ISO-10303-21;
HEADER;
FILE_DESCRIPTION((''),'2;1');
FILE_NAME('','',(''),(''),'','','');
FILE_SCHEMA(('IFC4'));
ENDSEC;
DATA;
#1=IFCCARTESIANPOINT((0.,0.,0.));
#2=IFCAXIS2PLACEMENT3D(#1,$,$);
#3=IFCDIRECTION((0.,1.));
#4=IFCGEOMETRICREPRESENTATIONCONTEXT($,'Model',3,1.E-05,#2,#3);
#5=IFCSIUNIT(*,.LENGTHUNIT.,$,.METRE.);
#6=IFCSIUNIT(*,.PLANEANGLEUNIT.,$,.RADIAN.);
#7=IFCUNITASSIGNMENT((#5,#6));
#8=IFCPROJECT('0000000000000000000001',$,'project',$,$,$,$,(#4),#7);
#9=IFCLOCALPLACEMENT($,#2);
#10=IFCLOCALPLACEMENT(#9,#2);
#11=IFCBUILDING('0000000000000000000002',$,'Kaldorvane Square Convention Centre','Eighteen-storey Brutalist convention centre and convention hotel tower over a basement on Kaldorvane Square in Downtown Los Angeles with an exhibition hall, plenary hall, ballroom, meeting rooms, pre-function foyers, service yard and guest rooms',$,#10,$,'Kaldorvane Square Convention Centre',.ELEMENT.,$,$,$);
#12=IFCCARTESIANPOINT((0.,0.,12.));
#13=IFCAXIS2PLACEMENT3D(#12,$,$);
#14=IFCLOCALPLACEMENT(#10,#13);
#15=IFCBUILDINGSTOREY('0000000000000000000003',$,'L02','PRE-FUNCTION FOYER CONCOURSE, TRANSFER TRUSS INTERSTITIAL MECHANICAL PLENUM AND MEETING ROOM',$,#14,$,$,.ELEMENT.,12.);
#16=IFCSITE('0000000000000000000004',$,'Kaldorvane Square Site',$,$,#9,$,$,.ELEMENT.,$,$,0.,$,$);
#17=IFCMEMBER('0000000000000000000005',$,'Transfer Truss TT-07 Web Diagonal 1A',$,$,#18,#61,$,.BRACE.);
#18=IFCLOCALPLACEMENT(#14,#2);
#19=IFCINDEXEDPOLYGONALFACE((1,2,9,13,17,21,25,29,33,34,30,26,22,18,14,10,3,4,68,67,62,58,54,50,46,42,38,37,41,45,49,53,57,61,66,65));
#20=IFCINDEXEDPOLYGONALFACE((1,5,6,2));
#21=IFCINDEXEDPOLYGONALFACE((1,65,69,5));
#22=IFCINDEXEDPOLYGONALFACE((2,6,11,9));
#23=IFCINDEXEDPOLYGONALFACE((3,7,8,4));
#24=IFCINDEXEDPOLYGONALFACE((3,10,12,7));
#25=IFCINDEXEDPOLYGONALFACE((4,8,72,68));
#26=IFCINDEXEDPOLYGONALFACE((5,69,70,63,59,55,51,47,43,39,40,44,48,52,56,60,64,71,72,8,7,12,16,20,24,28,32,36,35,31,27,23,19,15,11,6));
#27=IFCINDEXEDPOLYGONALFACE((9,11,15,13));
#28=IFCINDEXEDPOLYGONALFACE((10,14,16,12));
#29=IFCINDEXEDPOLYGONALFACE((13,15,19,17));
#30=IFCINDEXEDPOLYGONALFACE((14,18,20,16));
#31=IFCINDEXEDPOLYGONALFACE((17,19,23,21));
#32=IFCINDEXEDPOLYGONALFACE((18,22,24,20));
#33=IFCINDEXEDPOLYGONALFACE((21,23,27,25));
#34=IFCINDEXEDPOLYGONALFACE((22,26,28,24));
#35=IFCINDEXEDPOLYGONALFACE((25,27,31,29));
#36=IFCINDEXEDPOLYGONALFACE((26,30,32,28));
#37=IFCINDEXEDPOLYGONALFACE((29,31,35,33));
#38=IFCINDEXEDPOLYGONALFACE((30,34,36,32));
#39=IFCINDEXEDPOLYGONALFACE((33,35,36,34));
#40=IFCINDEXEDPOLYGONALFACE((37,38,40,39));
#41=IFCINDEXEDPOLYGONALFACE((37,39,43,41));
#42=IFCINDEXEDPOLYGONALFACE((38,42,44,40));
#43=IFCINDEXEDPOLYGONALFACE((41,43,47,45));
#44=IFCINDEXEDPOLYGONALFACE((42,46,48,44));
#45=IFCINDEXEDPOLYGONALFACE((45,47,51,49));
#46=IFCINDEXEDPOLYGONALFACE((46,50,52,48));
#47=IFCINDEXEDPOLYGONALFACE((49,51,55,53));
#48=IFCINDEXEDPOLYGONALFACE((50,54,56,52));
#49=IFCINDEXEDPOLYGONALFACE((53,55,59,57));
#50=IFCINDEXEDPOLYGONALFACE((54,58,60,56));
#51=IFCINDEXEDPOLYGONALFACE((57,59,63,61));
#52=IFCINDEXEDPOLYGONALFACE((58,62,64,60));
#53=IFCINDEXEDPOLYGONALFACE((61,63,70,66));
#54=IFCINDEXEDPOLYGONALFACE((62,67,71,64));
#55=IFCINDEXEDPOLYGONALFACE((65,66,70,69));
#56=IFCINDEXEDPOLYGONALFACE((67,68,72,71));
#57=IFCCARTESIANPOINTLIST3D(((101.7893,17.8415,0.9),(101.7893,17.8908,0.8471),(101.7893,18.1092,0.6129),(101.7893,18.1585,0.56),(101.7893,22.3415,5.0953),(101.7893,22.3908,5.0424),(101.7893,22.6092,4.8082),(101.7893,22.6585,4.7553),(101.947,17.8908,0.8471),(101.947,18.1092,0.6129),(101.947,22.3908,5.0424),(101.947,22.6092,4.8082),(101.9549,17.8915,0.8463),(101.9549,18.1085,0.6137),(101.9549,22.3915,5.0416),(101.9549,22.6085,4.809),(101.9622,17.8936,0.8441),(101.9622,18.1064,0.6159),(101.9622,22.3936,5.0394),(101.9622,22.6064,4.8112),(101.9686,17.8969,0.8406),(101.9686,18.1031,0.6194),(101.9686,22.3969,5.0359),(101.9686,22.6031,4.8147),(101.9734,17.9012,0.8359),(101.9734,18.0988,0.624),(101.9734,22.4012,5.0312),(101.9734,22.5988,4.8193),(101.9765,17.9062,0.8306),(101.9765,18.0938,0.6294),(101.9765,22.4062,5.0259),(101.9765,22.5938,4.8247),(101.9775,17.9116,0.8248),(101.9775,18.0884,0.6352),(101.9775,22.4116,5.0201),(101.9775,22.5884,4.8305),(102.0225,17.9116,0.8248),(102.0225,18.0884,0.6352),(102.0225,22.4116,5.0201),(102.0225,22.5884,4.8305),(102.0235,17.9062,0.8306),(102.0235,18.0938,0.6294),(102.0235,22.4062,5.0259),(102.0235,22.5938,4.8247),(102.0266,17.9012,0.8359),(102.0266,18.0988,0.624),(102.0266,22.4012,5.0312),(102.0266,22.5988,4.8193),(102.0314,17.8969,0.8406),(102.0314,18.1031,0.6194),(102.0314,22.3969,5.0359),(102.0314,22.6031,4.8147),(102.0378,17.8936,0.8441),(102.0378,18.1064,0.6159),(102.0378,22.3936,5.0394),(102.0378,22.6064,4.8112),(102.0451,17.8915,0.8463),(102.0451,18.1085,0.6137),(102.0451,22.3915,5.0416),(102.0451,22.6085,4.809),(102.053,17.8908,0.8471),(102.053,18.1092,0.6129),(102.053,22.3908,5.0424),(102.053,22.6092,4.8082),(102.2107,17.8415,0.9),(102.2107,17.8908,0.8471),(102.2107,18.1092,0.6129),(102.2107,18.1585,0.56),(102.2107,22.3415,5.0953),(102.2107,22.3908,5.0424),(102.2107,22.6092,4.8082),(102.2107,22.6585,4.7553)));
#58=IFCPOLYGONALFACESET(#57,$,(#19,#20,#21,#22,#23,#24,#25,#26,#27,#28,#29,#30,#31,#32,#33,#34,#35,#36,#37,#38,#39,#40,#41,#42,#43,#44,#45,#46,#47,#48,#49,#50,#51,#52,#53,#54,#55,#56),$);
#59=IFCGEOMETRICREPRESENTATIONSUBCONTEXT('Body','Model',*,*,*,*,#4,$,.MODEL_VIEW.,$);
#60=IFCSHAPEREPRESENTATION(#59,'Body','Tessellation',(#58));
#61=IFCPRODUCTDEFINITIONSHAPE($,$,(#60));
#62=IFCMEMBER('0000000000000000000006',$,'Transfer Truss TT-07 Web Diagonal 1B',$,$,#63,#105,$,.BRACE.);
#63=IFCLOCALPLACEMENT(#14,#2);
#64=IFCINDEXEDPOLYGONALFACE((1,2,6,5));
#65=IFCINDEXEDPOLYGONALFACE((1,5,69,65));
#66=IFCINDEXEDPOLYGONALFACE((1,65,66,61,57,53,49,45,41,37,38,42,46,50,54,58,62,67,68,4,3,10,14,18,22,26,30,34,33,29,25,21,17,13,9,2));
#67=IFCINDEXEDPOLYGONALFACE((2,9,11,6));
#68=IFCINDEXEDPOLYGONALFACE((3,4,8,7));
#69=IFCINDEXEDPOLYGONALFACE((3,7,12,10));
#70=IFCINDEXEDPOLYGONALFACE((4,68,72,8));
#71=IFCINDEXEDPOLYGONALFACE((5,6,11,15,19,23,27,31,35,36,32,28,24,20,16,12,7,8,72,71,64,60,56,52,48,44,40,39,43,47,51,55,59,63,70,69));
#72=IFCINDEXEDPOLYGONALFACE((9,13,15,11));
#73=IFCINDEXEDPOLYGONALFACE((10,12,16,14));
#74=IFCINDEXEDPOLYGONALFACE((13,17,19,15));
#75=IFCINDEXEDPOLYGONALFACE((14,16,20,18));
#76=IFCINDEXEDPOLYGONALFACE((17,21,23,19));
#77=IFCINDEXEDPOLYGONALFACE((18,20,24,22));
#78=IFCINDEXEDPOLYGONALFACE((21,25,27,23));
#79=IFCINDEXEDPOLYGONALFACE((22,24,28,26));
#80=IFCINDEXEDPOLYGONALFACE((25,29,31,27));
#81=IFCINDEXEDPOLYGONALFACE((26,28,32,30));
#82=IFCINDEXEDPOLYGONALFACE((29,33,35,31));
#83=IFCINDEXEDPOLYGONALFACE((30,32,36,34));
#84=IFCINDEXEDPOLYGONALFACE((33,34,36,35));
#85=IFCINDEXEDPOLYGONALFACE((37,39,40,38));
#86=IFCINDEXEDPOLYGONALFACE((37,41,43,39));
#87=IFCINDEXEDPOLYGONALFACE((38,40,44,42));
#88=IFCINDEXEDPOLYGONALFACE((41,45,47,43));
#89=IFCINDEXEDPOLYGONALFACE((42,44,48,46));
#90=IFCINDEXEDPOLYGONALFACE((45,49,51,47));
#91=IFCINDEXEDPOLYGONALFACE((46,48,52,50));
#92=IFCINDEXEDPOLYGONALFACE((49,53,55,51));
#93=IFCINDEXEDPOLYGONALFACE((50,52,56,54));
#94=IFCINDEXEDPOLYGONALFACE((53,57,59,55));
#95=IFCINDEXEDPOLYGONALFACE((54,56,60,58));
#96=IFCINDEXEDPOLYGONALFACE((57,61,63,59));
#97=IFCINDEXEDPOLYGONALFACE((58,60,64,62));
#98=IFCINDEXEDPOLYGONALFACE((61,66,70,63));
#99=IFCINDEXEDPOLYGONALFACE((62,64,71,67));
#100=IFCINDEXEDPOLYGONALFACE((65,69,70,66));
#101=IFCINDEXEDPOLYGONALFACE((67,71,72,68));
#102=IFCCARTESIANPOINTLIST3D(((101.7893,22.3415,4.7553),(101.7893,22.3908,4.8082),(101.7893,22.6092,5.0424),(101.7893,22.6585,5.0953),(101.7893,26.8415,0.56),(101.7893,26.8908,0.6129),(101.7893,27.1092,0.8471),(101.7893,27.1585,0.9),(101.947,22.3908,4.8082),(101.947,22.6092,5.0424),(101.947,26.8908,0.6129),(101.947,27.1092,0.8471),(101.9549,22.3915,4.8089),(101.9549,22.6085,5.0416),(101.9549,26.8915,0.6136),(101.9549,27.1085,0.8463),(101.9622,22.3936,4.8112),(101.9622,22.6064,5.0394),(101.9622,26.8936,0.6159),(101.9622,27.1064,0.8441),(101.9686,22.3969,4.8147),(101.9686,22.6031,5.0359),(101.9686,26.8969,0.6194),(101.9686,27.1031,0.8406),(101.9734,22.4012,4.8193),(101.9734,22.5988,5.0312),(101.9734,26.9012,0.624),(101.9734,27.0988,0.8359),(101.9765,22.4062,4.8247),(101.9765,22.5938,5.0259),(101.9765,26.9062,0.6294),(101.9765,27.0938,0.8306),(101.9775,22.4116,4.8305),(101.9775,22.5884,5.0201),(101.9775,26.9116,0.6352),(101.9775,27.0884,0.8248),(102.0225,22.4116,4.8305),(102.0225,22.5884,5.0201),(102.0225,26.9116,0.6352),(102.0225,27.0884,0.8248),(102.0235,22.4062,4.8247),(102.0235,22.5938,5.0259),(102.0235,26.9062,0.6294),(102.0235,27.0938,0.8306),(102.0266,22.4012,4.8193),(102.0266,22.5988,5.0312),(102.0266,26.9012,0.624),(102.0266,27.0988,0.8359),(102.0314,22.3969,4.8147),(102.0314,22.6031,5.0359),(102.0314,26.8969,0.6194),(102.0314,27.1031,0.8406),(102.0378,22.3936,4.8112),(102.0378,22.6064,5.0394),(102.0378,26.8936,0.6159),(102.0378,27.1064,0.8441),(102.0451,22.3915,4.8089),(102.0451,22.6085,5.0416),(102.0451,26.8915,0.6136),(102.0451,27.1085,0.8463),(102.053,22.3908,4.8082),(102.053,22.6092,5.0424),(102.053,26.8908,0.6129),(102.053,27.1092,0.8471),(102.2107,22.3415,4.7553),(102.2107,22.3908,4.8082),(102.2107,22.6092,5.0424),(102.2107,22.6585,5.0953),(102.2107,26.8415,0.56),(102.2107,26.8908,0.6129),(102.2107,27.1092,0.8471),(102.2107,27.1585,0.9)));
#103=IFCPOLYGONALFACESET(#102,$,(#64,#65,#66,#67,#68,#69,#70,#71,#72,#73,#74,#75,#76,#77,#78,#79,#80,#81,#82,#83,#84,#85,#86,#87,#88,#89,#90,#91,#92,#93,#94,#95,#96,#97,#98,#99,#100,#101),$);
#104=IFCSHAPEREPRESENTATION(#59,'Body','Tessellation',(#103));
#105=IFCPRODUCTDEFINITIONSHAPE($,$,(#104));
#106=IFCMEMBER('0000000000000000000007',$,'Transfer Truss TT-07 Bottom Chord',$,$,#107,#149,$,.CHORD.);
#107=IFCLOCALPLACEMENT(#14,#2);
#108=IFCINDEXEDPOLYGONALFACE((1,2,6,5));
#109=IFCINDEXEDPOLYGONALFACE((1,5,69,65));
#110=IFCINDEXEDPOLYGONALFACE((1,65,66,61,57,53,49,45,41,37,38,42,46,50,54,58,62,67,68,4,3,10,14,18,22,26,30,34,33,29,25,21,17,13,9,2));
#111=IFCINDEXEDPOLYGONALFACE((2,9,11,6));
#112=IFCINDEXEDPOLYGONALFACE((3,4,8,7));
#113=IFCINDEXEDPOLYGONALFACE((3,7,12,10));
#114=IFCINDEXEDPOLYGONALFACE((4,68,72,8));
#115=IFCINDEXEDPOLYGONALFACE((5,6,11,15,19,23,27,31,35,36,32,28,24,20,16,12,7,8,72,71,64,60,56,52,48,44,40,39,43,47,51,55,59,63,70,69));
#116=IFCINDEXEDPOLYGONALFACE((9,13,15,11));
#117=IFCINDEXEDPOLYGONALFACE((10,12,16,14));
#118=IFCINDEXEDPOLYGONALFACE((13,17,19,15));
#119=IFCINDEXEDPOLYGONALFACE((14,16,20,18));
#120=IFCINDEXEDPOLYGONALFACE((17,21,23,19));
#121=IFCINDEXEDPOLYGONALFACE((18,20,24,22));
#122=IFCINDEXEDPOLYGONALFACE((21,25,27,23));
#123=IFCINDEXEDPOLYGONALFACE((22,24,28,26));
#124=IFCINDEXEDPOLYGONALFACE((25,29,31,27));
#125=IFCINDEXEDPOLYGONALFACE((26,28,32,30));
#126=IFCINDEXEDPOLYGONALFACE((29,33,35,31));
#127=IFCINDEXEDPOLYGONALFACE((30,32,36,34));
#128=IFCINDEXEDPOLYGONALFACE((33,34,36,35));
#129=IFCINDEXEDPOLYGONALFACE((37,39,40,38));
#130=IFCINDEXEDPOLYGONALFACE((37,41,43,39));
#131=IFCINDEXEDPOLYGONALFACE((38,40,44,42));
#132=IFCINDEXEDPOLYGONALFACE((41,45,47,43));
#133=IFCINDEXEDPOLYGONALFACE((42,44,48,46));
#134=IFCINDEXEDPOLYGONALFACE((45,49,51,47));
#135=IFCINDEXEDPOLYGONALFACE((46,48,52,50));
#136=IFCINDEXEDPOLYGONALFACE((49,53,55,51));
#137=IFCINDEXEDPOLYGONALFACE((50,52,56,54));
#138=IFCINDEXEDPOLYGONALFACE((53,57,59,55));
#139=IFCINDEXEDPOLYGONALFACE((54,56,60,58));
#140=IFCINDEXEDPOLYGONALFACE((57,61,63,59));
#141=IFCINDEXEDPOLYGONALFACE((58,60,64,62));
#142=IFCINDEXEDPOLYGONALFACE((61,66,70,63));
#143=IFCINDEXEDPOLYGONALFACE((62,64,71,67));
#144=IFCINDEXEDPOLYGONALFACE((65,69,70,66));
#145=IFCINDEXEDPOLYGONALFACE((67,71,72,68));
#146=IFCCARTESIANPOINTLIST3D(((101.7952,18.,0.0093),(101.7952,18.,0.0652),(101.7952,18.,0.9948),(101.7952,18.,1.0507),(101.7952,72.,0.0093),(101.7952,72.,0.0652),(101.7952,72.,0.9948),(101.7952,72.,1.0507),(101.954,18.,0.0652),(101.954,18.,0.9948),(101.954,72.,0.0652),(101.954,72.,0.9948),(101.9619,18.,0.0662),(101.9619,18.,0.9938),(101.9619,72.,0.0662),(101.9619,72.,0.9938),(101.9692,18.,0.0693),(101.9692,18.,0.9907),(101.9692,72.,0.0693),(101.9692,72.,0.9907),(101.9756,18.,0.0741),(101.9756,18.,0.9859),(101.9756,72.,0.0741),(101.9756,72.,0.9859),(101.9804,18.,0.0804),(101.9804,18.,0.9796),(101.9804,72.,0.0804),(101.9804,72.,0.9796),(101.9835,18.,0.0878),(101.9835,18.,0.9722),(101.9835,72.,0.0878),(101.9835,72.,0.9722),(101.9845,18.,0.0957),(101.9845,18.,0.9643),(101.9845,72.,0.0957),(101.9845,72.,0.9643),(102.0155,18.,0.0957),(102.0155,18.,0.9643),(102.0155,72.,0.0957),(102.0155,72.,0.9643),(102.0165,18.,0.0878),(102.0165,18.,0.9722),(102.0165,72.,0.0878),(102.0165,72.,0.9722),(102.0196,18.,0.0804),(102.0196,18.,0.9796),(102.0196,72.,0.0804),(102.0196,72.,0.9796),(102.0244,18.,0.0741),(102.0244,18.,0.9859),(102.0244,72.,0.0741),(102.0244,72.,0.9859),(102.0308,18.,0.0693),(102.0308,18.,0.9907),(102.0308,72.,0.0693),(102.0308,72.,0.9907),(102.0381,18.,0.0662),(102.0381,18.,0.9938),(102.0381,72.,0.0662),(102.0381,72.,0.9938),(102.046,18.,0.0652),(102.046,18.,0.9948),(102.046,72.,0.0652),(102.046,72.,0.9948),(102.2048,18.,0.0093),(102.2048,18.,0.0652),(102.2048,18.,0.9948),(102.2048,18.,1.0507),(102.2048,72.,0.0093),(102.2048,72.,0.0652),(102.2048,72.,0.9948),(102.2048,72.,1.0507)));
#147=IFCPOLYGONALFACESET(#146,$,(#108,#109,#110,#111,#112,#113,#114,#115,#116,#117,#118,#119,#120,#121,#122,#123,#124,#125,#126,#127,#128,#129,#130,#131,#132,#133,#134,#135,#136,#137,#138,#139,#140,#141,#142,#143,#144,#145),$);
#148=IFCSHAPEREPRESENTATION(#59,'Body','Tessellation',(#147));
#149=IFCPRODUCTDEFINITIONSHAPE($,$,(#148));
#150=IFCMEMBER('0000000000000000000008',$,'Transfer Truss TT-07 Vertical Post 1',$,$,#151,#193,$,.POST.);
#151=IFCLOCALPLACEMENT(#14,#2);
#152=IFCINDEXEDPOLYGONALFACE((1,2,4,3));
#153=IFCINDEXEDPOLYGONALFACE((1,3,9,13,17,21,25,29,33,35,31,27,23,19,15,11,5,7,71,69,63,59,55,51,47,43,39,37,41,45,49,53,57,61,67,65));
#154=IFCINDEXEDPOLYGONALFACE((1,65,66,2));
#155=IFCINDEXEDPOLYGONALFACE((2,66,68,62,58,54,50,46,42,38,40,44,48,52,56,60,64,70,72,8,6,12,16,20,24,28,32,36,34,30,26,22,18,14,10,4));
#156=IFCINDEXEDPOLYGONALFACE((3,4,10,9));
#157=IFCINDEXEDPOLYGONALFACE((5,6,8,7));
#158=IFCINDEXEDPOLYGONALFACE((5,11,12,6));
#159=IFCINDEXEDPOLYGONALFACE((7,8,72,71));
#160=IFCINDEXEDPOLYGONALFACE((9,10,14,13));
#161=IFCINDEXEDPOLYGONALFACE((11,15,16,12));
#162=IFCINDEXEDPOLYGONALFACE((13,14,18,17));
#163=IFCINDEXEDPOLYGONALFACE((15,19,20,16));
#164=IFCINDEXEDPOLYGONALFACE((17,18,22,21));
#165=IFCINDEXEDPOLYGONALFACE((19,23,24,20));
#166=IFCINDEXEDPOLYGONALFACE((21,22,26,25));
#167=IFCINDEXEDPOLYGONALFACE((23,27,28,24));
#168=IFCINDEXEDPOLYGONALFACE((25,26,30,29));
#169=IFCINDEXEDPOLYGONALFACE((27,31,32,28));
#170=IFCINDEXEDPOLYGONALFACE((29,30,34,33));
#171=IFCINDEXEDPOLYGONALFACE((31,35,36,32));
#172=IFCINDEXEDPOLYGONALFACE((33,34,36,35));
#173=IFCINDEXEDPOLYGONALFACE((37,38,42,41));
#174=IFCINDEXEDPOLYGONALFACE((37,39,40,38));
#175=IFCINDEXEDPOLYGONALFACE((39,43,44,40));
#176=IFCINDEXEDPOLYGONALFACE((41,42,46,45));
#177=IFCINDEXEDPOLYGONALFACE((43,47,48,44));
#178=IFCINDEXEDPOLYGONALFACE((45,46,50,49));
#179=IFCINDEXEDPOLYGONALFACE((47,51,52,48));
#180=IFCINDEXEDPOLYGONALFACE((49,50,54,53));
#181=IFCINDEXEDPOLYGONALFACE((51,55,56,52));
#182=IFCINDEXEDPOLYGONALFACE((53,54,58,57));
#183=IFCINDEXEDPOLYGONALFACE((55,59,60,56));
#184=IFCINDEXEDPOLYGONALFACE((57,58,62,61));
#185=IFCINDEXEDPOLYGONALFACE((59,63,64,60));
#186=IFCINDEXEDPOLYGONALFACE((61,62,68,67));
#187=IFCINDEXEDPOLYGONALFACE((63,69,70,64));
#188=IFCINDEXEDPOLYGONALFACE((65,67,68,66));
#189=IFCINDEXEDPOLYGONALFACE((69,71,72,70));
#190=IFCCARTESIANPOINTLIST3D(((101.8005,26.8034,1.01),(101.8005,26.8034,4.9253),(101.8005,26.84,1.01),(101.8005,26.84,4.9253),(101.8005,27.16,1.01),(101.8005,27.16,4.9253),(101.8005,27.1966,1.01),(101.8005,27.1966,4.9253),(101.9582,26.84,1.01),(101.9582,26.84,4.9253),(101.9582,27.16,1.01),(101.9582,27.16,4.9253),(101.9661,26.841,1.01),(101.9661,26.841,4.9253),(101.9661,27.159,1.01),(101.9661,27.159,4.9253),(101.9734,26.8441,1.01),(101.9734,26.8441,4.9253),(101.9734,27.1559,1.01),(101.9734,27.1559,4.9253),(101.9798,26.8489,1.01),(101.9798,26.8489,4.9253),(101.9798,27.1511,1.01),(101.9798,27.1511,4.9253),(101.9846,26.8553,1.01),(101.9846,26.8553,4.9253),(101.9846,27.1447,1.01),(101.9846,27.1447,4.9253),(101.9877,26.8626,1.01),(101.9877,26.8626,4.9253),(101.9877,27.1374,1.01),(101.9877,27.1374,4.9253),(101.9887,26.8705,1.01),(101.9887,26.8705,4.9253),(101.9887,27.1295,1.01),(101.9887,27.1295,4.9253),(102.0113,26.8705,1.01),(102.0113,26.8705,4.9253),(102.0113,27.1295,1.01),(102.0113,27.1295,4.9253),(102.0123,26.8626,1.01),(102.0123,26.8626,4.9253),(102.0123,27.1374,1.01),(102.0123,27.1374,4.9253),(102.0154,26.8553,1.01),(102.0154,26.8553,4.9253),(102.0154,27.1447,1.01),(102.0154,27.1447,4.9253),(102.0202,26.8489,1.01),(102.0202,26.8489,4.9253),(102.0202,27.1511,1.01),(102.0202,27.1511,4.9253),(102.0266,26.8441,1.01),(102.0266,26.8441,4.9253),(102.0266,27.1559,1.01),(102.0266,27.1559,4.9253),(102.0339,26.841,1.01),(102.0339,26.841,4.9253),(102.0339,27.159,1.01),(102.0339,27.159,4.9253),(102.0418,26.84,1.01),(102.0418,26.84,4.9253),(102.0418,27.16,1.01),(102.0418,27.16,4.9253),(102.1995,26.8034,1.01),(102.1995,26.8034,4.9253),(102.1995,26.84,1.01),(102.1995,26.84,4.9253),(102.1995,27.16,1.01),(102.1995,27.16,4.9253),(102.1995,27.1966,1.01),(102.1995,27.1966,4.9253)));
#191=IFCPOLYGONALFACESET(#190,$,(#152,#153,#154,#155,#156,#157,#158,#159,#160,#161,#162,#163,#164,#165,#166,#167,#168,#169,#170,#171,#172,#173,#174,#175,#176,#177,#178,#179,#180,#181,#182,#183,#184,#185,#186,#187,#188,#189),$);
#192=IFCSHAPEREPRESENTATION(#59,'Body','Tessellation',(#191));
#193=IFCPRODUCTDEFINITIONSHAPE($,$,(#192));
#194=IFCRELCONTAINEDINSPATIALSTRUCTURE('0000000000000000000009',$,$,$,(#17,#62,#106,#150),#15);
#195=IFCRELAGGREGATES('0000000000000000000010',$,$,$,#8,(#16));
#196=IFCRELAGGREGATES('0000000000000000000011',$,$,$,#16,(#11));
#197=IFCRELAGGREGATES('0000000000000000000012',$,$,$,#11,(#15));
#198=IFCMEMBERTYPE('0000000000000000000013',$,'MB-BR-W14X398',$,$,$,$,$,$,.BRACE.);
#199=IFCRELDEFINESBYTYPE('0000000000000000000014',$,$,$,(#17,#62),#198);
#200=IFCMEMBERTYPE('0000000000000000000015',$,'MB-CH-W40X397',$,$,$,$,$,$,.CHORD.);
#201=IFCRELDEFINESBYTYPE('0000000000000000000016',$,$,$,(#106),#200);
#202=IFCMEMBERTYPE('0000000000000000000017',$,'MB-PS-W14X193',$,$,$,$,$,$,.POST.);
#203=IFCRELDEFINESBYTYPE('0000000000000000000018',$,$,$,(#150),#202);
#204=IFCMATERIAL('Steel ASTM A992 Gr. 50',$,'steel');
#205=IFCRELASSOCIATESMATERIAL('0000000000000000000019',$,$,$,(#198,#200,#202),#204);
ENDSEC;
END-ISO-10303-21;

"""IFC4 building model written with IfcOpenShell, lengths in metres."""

from ifc_helpers import new_model, si_unit, direction, frame, origin, origin_2d, place, context, subcontext, project, spatial, i_section, extrude, material, material_profile, profile_set, type_object, element, save


model = new_model("IFC4")

# Units and contexts
model_context = context("Model", 3, precision=1e-05, world=origin(), true_north=direction((0.0, 1.0)))
body_context = subcontext(model_context, "Body", "Model", "MODEL_VIEW")
ifc_project = project(units=[si_unit("LENGTHUNIT", "METRE"), si_unit("PLANEANGLEUNIT", "RADIAN")], contexts=[model_context])

# Site, building, storey
site_placement = place(None, origin())
site = spatial("IfcSite", under=ifc_project, at=site_placement, Name="Kaldorvane Square Site", CompositionType="ELEMENT", RefElevation=0.0)
building_placement = place(site_placement, origin())
building = spatial("IfcBuilding", under=site, at=building_placement, Name="Kaldorvane Square Convention Centre", Description="Eighteen-storey Brutalist convention centre and convention hotel tower over a basement on Kaldorvane Square in Downtown Los Angeles with an exhibition hall, plenary hall, ballroom, meeting rooms, pre-function foyers, service yard and guest rooms", LongName="Kaldorvane Square Convention Centre", CompositionType="ELEMENT")
storey_placement = place(building_placement, frame((0.0, 0.0, 12.0)))
storey = spatial("IfcBuildingStorey", under=building, at=storey_placement, Name="L02", Description="PRE-FUNCTION FOYER CONCOURSE, TRANSFER TRUSS INTERSTITIAL MECHANICAL PLENUM AND MEETING ROOM", CompositionType="ELEMENT", Elevation=12.0)

# Shared definitions
ifc_material_1 = material(Name="Steel ASTM A992 Gr. 50", Category="steel")

# Members
ifc_material_profile_1 = material_profile(ifc_material_1, i_section(OverallWidth=0.4214, OverallDepth=0.4648, WebThickness=0.045, FlangeThickness=0.0723, FilletRadius=0.0305, at=origin_2d()), Name="W14X398")
ifc_profile_set_1 = profile_set([ifc_material_profile_1], Name="Steel ASTM A992 Gr. 50")
member_type_1 = type_object("IfcMemberType", Name="MB-BR-W14X398", PredefinedType="BRACE", material=ifc_profile_set_1)
for number, where, z_axis, x_axis, name in (
    (1, (102.0, 18.0, 0.73), (0.0, 0.731436, 0.68191), (-1.0, 0.0, 0.0), "Transfer Truss TT-07 Web Diagonal 1A"),
    (2, (102.0, 22.5, 4.9253), (0.0, 0.731436, -0.68191), (-1.0, 0.0, 0.0), "Transfer Truss TT-07 Web Diagonal 1B"),
):
    element("IfcMember", number, at=place(storey_placement, frame(where, z_axis=z_axis, x_axis=x_axis)), inside=storey, type_object=member_type_1, Name=name, PredefinedType="BRACE", context=body_context, shape_type="SweptSolid", body=[
        extrude(i_section(OverallWidth=0.4214, OverallDepth=0.4648, WebThickness=0.045, FlangeThickness=0.0723, FilletRadius=0.0305, at=origin_2d()), origin(), (0.0, 0.0, 1.0), 6.1523),
    ])
ifc_material_profile_2 = material_profile(ifc_material_1, i_section(OverallWidth=0.4096, OverallDepth=1.0414, WebThickness=0.031, FlangeThickness=0.0559, FilletRadius=0.0305, at=origin_2d()), Name="W40X397")
ifc_profile_set_2 = profile_set([ifc_material_profile_2], Name="Steel ASTM A992 Gr. 50")
member_type_2 = type_object("IfcMemberType", Name="MB-CH-W40X397", PredefinedType="CHORD", material=ifc_profile_set_2)
member_1_placement = place(storey_placement, frame((102.0, 18.0, 0.53), z_axis=(0.0, 1.0, 0.0), x_axis=(-1.0, 0.0, 0.0)))
element("IfcMember", 3, at=member_1_placement, inside=storey, type_object=member_type_2, Name="Transfer Truss TT-07 Bottom Chord", PredefinedType="CHORD", context=body_context, shape_type="SweptSolid", body=[
    extrude(i_section(OverallWidth=0.4096, OverallDepth=1.0414, WebThickness=0.031, FlangeThickness=0.0559, FilletRadius=0.0305, at=origin_2d()), origin(), (0.0, 0.0, 1.0), 54.0),
])
ifc_material_profile_3 = material_profile(ifc_material_1, i_section(OverallWidth=0.399, OverallDepth=0.3932, WebThickness=0.0226, FlangeThickness=0.0366, FilletRadius=0.0305, at=origin_2d()), Name="W14X193")
ifc_profile_set_3 = profile_set([ifc_material_profile_3], Name="Steel ASTM A992 Gr. 50")
member_type_3 = type_object("IfcMemberType", Name="MB-PS-W14X193", PredefinedType="POST", material=ifc_profile_set_3)
member_2_placement = place(storey_placement, frame((102.0, 27.0, 1.01), z_axis=(0.0, 0.0, 1.0), x_axis=(1.0, 0.0, 0.0)))
element("IfcMember", 4, at=member_2_placement, inside=storey, type_object=member_type_3, Name="Transfer Truss TT-07 Vertical Post 1", PredefinedType="POST", context=body_context, shape_type="SweptSolid", body=[
    extrude(i_section(OverallWidth=0.399, OverallDepth=0.3932, WebThickness=0.0226, FlangeThickness=0.0366, FilletRadius=0.0305, at=origin_2d()), origin(), (0.0, 0.0, 1.0), 3.9153),
])

save(model, "model.ifc")
